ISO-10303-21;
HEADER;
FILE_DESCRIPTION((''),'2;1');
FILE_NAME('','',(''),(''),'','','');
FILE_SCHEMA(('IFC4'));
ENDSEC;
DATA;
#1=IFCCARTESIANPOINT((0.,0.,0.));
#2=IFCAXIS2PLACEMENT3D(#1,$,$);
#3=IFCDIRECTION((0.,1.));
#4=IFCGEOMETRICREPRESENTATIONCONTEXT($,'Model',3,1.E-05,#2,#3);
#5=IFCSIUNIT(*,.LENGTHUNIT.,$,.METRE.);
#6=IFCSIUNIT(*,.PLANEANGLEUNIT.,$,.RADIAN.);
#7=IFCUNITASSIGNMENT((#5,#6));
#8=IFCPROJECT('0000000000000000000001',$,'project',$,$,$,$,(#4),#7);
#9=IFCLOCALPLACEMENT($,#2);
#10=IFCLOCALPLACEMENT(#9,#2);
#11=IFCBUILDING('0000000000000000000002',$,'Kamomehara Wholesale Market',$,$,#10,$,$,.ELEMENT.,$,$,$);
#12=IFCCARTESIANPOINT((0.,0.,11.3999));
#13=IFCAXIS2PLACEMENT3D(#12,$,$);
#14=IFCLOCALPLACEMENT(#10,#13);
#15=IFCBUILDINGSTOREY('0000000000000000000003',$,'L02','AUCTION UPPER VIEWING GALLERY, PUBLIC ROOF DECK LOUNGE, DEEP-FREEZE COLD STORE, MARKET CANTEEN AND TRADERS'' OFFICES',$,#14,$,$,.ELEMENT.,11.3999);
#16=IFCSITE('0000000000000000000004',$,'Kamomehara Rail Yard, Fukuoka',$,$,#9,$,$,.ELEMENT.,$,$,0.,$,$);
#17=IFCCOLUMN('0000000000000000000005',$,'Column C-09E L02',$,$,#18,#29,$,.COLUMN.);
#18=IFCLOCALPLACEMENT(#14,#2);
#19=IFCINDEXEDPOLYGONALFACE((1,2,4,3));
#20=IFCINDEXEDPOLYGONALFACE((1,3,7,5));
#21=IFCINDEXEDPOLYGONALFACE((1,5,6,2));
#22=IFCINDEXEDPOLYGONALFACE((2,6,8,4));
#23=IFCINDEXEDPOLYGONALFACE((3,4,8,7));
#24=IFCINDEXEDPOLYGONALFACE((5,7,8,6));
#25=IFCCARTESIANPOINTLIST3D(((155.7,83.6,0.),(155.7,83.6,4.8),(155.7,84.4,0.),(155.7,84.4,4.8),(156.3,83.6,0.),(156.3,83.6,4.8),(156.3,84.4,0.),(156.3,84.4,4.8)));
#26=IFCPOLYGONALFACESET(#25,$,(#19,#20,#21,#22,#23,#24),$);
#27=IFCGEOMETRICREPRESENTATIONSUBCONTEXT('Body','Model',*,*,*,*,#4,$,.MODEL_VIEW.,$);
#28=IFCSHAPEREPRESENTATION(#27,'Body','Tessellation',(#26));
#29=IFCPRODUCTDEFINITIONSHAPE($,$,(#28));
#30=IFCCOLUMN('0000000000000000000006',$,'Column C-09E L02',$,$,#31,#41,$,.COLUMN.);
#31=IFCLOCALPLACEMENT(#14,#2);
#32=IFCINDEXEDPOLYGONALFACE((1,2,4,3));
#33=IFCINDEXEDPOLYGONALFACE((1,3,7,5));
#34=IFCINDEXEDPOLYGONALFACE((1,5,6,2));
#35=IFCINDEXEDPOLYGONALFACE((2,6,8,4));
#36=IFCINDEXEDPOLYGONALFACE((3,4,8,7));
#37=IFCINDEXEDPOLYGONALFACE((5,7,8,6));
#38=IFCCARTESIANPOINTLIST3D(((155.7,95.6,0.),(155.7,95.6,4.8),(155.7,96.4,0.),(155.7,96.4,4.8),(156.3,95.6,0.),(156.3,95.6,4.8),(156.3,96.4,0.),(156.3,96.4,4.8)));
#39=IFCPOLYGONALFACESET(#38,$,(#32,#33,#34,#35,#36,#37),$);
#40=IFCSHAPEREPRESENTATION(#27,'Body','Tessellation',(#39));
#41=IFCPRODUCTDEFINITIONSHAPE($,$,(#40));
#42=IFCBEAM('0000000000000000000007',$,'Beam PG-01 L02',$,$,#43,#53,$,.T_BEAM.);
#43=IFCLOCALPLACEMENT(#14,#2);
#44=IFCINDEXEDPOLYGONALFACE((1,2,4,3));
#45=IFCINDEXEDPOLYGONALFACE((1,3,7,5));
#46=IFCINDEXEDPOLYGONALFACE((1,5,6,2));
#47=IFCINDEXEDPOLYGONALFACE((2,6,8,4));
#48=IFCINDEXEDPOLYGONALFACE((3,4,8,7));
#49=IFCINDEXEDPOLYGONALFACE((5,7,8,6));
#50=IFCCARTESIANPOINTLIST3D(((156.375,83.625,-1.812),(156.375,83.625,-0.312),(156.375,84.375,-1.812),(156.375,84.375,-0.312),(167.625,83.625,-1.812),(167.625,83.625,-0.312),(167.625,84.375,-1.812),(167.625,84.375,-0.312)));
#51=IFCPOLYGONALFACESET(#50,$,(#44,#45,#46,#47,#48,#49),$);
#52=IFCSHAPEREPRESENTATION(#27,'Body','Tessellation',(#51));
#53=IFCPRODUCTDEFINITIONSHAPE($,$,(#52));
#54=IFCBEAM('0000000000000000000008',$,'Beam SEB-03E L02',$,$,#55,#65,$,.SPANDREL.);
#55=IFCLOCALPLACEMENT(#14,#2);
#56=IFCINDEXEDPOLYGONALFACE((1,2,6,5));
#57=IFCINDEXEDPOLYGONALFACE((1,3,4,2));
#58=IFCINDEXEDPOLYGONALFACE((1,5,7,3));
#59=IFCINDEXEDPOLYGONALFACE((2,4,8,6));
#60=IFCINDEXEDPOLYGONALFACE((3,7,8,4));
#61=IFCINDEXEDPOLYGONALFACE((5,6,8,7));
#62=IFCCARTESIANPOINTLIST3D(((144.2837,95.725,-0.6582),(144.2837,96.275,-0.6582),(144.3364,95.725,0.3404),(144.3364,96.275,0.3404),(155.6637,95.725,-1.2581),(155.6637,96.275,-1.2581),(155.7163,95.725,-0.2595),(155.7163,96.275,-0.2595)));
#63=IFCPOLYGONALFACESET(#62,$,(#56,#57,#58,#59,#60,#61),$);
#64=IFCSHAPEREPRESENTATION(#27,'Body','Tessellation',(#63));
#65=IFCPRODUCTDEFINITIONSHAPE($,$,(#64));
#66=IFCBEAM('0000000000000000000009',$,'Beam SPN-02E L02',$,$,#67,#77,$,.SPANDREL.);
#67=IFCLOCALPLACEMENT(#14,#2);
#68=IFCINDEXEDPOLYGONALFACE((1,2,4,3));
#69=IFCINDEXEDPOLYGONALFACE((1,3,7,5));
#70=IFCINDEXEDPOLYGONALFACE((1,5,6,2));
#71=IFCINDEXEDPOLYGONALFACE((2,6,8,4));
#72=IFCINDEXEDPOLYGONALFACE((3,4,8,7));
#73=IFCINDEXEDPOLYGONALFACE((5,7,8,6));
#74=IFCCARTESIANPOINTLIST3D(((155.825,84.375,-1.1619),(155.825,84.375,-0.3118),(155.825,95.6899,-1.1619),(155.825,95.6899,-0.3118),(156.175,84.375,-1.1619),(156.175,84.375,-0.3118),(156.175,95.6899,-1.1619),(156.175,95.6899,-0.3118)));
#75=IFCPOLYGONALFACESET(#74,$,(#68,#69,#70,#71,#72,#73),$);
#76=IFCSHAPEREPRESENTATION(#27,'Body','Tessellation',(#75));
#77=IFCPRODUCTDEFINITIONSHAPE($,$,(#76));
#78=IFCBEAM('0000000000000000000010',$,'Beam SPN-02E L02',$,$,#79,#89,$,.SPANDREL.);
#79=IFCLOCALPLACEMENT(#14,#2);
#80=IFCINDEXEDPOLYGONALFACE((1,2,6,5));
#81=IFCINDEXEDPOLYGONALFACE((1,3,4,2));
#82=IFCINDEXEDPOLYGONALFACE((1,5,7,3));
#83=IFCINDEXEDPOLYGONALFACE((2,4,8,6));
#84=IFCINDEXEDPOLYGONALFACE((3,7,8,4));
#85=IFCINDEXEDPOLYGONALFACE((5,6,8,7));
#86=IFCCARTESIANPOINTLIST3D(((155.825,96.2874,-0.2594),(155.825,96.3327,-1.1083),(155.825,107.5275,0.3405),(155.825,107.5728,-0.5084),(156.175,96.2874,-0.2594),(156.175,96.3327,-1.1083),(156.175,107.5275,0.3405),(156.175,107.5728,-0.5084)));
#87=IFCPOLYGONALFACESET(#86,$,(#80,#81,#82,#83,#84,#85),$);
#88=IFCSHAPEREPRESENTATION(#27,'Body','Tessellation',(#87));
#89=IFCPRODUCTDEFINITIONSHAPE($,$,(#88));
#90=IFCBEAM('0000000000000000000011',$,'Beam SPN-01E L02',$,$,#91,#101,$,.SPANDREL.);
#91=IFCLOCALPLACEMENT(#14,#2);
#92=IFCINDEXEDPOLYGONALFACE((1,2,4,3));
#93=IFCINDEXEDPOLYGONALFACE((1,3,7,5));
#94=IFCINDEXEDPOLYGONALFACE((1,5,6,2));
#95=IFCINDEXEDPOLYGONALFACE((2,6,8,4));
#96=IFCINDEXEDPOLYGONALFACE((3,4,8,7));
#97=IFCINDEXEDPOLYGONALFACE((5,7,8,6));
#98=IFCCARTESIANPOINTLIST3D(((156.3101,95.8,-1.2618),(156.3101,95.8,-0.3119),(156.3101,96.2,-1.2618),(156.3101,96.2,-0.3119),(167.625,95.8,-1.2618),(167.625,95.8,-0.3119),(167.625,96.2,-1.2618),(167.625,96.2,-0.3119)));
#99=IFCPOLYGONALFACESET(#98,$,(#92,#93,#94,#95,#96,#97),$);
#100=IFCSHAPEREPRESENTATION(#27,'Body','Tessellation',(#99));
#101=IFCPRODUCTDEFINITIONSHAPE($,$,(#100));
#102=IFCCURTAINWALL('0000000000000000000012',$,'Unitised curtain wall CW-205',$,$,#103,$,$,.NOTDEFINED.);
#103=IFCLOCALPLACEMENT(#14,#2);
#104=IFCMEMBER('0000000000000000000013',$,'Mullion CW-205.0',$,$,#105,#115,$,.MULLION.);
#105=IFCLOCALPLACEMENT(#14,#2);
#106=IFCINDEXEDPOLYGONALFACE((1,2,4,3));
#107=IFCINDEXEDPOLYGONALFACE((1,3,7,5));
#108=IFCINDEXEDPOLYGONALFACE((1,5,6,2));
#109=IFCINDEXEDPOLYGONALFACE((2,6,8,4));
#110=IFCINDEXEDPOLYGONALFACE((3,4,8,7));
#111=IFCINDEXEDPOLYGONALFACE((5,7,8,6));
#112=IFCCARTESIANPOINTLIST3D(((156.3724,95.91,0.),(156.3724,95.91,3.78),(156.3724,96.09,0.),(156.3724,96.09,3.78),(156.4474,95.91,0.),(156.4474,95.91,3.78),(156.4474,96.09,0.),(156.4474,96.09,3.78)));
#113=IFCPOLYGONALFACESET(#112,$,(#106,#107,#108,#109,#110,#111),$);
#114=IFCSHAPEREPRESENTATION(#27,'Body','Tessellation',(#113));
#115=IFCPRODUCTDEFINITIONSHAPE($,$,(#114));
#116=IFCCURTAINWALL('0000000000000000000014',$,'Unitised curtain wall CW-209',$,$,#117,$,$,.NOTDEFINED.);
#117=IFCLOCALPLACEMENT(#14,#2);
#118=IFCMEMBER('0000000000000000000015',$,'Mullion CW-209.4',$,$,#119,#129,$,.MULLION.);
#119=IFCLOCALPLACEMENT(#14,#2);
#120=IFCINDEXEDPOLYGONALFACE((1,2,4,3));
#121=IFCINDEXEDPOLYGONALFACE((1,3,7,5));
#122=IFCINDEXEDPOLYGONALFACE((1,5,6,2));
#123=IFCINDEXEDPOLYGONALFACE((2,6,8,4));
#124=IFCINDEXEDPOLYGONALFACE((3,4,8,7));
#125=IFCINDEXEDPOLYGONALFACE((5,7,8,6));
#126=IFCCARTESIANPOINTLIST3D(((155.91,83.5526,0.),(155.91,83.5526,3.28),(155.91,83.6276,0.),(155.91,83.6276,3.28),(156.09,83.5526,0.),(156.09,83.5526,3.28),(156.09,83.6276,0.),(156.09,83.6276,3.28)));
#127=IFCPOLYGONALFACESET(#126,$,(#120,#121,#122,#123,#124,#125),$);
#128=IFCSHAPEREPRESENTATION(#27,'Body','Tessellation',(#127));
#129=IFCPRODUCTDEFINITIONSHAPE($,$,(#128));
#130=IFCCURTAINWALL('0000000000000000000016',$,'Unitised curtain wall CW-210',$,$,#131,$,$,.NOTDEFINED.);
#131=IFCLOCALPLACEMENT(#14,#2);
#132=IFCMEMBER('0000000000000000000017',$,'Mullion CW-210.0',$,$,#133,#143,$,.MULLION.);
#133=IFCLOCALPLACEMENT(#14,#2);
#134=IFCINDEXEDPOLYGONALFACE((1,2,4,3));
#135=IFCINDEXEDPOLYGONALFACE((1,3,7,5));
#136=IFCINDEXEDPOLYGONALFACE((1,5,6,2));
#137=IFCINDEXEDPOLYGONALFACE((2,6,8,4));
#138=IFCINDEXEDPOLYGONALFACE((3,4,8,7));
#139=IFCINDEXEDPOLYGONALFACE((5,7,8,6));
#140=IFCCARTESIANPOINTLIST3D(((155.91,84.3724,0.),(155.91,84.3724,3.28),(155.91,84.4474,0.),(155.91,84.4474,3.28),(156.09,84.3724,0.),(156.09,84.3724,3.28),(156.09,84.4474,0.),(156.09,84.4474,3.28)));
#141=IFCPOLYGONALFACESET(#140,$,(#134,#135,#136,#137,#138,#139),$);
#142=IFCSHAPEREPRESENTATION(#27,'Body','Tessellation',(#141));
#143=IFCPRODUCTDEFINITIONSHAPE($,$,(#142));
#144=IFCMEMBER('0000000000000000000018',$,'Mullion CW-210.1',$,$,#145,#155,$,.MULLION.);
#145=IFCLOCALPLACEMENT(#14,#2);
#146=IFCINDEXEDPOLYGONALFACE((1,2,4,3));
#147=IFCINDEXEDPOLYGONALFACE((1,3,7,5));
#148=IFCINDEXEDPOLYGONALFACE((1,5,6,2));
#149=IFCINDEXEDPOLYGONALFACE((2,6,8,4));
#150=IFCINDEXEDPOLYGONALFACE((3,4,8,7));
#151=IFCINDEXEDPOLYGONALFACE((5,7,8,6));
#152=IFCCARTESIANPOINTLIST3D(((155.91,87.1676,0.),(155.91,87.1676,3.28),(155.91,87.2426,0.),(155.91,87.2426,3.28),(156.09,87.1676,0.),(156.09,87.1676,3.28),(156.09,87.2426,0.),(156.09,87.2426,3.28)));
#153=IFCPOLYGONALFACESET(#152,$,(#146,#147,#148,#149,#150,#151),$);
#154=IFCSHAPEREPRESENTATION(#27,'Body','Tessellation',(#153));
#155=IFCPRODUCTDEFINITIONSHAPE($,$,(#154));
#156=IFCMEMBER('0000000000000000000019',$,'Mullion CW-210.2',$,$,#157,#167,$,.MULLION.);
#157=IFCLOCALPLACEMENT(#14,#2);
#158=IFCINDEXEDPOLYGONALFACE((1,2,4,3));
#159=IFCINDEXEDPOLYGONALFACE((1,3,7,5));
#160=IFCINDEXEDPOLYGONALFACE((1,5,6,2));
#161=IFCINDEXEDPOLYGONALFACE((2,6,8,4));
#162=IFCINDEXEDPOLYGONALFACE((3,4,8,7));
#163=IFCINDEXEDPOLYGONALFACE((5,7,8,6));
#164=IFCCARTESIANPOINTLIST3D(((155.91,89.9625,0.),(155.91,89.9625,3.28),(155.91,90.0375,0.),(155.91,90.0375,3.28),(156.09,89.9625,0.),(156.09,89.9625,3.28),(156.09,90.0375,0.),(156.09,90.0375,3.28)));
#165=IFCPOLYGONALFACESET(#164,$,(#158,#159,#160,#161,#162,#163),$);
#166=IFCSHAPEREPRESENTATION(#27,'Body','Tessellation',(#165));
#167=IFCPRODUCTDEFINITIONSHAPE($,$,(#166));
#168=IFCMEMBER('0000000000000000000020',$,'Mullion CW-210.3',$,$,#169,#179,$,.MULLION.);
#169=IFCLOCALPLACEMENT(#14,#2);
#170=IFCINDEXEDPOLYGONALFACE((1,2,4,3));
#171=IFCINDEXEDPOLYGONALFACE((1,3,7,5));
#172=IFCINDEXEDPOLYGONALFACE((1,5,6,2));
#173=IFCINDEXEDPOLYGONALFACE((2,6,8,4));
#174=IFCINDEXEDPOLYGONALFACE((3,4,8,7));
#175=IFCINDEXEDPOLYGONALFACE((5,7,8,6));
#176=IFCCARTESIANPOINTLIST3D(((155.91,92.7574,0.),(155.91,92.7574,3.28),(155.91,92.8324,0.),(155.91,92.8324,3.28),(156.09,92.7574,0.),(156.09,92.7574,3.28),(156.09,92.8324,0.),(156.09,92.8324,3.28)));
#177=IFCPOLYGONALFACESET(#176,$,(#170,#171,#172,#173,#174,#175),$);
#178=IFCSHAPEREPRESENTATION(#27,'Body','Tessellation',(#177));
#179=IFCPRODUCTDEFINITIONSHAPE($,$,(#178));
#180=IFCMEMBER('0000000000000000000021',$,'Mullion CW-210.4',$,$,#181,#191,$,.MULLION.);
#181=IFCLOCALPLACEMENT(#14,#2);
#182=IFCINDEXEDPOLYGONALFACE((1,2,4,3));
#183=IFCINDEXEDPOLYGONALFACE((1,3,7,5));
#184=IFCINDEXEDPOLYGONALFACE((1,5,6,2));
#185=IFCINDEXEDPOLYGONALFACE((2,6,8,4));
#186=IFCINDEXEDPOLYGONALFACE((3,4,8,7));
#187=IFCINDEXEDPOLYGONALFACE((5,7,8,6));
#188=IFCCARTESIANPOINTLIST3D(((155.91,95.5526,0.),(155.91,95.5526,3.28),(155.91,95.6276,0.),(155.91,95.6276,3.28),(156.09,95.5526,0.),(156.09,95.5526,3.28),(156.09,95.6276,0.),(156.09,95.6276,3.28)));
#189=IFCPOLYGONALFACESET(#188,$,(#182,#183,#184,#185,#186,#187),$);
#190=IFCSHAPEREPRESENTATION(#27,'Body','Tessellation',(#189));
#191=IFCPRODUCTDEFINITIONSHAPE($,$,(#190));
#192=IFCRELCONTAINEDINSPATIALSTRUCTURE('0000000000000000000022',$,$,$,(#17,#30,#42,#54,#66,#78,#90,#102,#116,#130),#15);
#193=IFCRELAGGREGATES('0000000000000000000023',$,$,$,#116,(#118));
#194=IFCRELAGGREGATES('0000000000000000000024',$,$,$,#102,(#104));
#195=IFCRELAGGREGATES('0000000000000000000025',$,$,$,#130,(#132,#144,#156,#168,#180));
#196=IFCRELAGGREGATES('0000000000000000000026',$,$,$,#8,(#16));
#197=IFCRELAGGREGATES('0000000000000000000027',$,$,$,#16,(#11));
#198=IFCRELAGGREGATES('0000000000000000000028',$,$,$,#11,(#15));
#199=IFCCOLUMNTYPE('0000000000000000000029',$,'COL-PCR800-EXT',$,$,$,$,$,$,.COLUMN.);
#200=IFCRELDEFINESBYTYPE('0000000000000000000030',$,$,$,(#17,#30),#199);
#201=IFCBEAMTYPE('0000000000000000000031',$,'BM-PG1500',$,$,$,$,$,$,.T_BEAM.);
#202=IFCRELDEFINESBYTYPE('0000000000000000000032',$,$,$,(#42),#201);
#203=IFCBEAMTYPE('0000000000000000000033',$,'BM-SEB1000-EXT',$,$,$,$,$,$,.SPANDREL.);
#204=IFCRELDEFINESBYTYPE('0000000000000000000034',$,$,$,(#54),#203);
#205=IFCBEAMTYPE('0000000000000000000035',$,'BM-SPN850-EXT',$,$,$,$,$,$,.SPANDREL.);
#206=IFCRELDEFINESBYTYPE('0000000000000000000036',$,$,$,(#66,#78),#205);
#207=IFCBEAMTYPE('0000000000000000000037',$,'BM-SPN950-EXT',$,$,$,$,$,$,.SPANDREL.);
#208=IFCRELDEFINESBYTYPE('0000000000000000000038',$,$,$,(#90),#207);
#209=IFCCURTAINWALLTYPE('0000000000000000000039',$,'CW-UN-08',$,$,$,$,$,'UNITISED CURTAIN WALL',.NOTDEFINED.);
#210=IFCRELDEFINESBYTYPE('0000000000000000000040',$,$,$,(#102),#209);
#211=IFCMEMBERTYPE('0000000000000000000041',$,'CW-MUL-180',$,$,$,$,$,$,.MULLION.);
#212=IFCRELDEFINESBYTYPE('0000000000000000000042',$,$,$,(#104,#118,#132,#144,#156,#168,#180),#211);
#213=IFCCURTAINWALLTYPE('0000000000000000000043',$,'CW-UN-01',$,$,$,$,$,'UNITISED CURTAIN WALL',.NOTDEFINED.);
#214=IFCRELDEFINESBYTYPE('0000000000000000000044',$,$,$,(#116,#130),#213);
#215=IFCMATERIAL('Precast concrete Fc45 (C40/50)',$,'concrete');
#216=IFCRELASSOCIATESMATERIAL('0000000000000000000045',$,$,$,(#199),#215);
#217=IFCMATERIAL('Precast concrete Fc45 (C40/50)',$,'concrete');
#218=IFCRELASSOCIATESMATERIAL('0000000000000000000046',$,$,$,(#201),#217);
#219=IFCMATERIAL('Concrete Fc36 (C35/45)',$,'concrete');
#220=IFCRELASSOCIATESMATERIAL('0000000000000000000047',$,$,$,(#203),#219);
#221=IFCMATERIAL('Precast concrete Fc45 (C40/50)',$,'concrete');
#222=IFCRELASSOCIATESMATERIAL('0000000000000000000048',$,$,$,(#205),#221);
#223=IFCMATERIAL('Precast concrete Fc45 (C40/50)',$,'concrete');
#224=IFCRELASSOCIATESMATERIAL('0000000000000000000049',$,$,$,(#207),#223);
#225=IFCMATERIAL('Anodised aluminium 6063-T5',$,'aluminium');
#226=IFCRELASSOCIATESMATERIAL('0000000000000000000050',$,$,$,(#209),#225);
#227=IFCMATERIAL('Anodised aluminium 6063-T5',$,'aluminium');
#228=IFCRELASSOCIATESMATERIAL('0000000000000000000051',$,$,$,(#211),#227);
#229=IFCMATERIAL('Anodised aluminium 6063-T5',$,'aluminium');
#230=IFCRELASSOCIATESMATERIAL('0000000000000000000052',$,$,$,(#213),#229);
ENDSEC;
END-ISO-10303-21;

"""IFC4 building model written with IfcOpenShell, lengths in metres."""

from ifc_helpers import new_model, si_unit, direction, frame, origin, origin_2d, place, context, subcontext, project, spatial, rectangle, extrude, material, material_profile, profile_set, type_object, element, aggregate, save


model = new_model("IFC4")

# Units and contexts
model_context = context("Model", 3, precision=1e-05, world=origin(), true_north=direction((0.0, 1.0)))
body_context = subcontext(model_context, "Body", "Model", "MODEL_VIEW")
ifc_project = project(units=[si_unit("LENGTHUNIT", "METRE"), si_unit("PLANEANGLEUNIT", "RADIAN")], contexts=[model_context])

# Site, building, storey
site_placement = place(None, origin())
site = spatial("IfcSite", under=ifc_project, at=site_placement, Name="Kamomehara Rail Yard, Fukuoka", CompositionType="ELEMENT", RefElevation=0.0)
building_placement = place(site_placement, origin())
building = spatial("IfcBuilding", under=site, at=building_placement, Name="Kamomehara Wholesale Market", CompositionType="ELEMENT")
storey_placement = place(building_placement, frame((0.0, 0.0, 11.3999)))
storey = spatial("IfcBuildingStorey", under=building, at=storey_placement, Name="L02", Description="AUCTION UPPER VIEWING GALLERY, PUBLIC ROOF DECK LOUNGE, DEEP-FREEZE COLD STORE, MARKET CANTEEN AND TRADERS' OFFICES", CompositionType="ELEMENT", Elevation=11.3999)

# Columns
ifc_material_1 = material(Name="Precast concrete Fc45 (C40/50)", Category="concrete")
ifc_material_profile_1 = material_profile(ifc_material_1, rectangle(XDim=0.6001, YDim=0.8, at=origin_2d()), Name="PC-COL-600x800")
ifc_profile_set_1 = profile_set([ifc_material_profile_1], Name="Precast concrete Fc45 (C40/50)")
column_type = type_object("IfcColumnType", Name="COL-PCR800-EXT", PredefinedType="COLUMN", material=ifc_profile_set_1)
for number, where, z_axis, x_axis, name in (
    (1, (156.0, 84.0, 0.0), (0.0, 0.0, 1.0), (1.0, 0.0, 0.0), "Column C-09E L02"),
    (2, (156.0, 96.0, 0.0), (0.0, 0.0, 1.0), (1.0, 0.0, 0.0), "Column C-09E L02"),
):
    element("IfcColumn", number, at=place(storey_placement, frame(where, z_axis=z_axis, x_axis=x_axis)), inside=storey, type_object=column_type, Name=name, PredefinedType="COLUMN", context=body_context, shape_type="SweptSolid", body=[
        extrude(rectangle(XDim=0.6001, YDim=0.8, at=origin_2d()), origin(), (0.0, 0.0, 1.0), 4.8),
    ])

# Beams
ifc_material_2 = material(Name="Precast concrete Fc45 (C40/50)", Category="concrete")
ifc_material_profile_2 = material_profile(ifc_material_2, rectangle(XDim=0.75, YDim=1.5, at=origin_2d()), Name="PC-GRD-750x1500")
ifc_profile_set_2 = profile_set([ifc_material_profile_2], Name="Precast concrete Fc45 (C40/50)")
beam_type_1 = type_object("IfcBeamType", Name="BM-PG1500", PredefinedType="T_BEAM", material=ifc_profile_set_2)
beam_1_placement = place(storey_placement, frame((156.375, 84.0, -1.062), z_axis=(1.0, 0.0, 0.0), x_axis=(0.0, 1.0, 0.0)))
element("IfcBeam", 3, at=beam_1_placement, inside=storey, type_object=beam_type_1, Name="Beam PG-01 L02", PredefinedType="T_BEAM", context=body_context, shape_type="SweptSolid", body=[
    extrude(rectangle(XDim=0.75, YDim=1.5, at=origin_2d()), origin(), (0.0, 0.0, 1.0), 11.25),
])
ifc_material_3 = material(Name="Concrete Fc36 (C35/45)", Category="concrete")
ifc_material_profile_3 = material_profile(ifc_material_3, rectangle(XDim=0.55, YDim=1.0, at=origin_2d()), Name="RC-SEB-550x1000")
ifc_profile_set_3 = profile_set([ifc_material_profile_3], Name="Concrete Fc36 (C35/45)")
beam_type_2 = type_object("IfcBeamType", Name="BM-SEB1000-EXT", PredefinedType="SPANDREL", material=ifc_profile_set_3)
beam_2_placement = place(storey_placement, frame((144.3101, 96.0, -0.1589), z_axis=(0.998614, 0.0, -0.052639), x_axis=(0.0, 1.0, 0.0)))
element("IfcBeam", 4, at=beam_2_placement, inside=storey, type_object=beam_type_2, Name="Beam SEB-03E L02", PredefinedType="SPANDREL", context=body_context, shape_type="SweptSolid", body=[
    extrude(rectangle(XDim=0.55, YDim=1.0, at=origin_2d()), origin(), (0.0, 0.0, 1.0), 11.3958),
])
ifc_material_4 = material(Name="Precast concrete Fc45 (C40/50)", Category="concrete")
ifc_material_profile_4 = material_profile(ifc_material_4, rectangle(XDim=0.3501, YDim=0.8501, at=origin_2d()), Name="PC-SPN-350x850")
ifc_profile_set_4 = profile_set([ifc_material_profile_4], Name="Precast concrete Fc45 (C40/50)")
beam_type_3 = type_object("IfcBeamType", Name="BM-SPN850-EXT", PredefinedType="SPANDREL", material=ifc_profile_set_4)
beam_3_placement = place(storey_placement, frame((156.0, 84.375, -0.7368), z_axis=(0.0, 1.0, 0.0), x_axis=(-1.0, 0.0, 0.0)))
element("IfcBeam", 5, at=beam_3_placement, inside=storey, type_object=beam_type_3, Name="Beam SPN-02E L02", PredefinedType="SPANDREL", context=body_context, shape_type="SweptSolid", body=[
    extrude(rectangle(XDim=0.3501, YDim=0.8501, at=origin_2d()), origin(), (0.0, 0.0, 1.0), 11.3149),
])
beam_4_placement = place(storey_placement, frame((156.0, 96.3101, -0.6838), z_axis=(0.0, 0.998579, 0.053292), x_axis=(-1.0, 0.0, 0.0)))
element("IfcBeam", 6, at=beam_4_placement, inside=storey, type_object=beam_type_3, Name="Beam SPN-02E L02", PredefinedType="SPANDREL", context=body_context, shape_type="SweptSolid", body=[
    extrude(rectangle(XDim=0.3501, YDim=0.8501, at=origin_2d()), origin(), (0.0, 0.0, 1.0), 11.2561),
])
ifc_material_5 = material(Name="Precast concrete Fc45 (C40/50)", Category="concrete")
ifc_material_profile_5 = material_profile(ifc_material_5, rectangle(XDim=0.3999, YDim=0.95, at=origin_2d()), Name="PC-SPN-400x950")
ifc_profile_set_5 = profile_set([ifc_material_profile_5], Name="Precast concrete Fc45 (C40/50)")
beam_type_4 = type_object("IfcBeamType", Name="BM-SPN950-EXT", PredefinedType="SPANDREL", material=ifc_profile_set_5)
beam_5_placement = place(storey_placement, frame((156.3101, 96.0, -0.7869), z_axis=(1.0, 0.0, 0.0), x_axis=(0.0, 1.0, 0.0)))
element("IfcBeam", 7, at=beam_5_placement, inside=storey, type_object=beam_type_4, Name="Beam SPN-01E L02", PredefinedType="SPANDREL", context=body_context, shape_type="SweptSolid", body=[
    extrude(rectangle(XDim=0.3999, YDim=0.95, at=origin_2d()), origin(), (0.0, 0.0, 1.0), 11.3149),
])

# Curtain walls, members
ifc_material_6 = material(Name="Anodised aluminium 6063-T5", Category="aluminium")
curtain_wall_type_1 = type_object("IfcCurtainWallType", Name="CW-UN-08", ElementType="UNITISED CURTAIN WALL", PredefinedType="NOTDEFINED", material=ifc_material_6)
curtain_wall_1_placement = place(storey_placement, origin())
curtain_wall_1 = element("IfcCurtainWall", 8, at=curtain_wall_1_placement, inside=storey, type_object=curtain_wall_type_1, Name="Unitised curtain wall CW-205", PredefinedType="NOTDEFINED")
ifc_material_7 = material(Name="Anodised aluminium 6063-T5", Category="aluminium")
ifc_material_profile_6 = material_profile(ifc_material_7, rectangle(XDim=0.075, YDim=0.1799, at=origin_2d()), Name="ALU-MUL-75x180")
ifc_profile_set_6 = profile_set([ifc_material_profile_6], Name="Anodised aluminium 6063-T5")
member_type_1 = type_object("IfcMemberType", Name="CW-MUL-180", PredefinedType="MULLION", material=ifc_profile_set_6)
member_1_placement = place(storey_placement, frame((156.4099, 96.0, 0.0), z_axis=(0.0, 0.0, 1.0), x_axis=(1.0, 0.0, 0.0)))
member_1 = element("IfcMember", 9, at=member_1_placement, type_object=member_type_1, Name="Mullion CW-205.0", PredefinedType="MULLION", context=body_context, shape_type="SweptSolid", body=[
    extrude(rectangle(XDim=0.075, YDim=0.1799, at=origin_2d()), origin(), (0.0, 0.0, 1.0), 3.78),
])
ifc_material_8 = material(Name="Anodised aluminium 6063-T5", Category="aluminium")
curtain_wall_type_2 = type_object("IfcCurtainWallType", Name="CW-UN-01", ElementType="UNITISED CURTAIN WALL", PredefinedType="NOTDEFINED", material=ifc_material_8)
curtain_wall_2_placement = place(storey_placement, origin())
curtain_wall_2 = element("IfcCurtainWall", 10, at=curtain_wall_2_placement, inside=storey, type_object=curtain_wall_type_2, Name="Unitised curtain wall CW-209", PredefinedType="NOTDEFINED")
member_2_placement = place(storey_placement, frame((156.0, 83.5901, 0.0), z_axis=(0.0, 0.0, 1.0), x_axis=(0.0, 1.0, 0.0)))
member_2 = element("IfcMember", 11, at=member_2_placement, type_object=member_type_1, Name="Mullion CW-209.4", PredefinedType="MULLION", context=body_context, shape_type="SweptSolid", body=[
    extrude(rectangle(XDim=0.075, YDim=0.1799, at=origin_2d()), origin(), (0.0, 0.0, 1.0), 3.28),
])

# Curtain wall, members
curtain_wall_3_placement = place(storey_placement, origin())
curtain_wall_3 = element("IfcCurtainWall", 12, at=curtain_wall_3_placement, inside=storey, type_object=curtain_wall_type_2, Name="Unitised curtain wall CW-210", PredefinedType="NOTDEFINED")
member_3_placement = place(storey_placement, frame((156.0, 84.4099, 0.0), z_axis=(0.0, 0.0, 1.0), x_axis=(0.0, 1.0, 0.0)))
member_3 = element("IfcMember", 13, at=member_3_placement, type_object=member_type_1, Name="Mullion CW-210.0", PredefinedType="MULLION", context=body_context, shape_type="SweptSolid", body=[
    extrude(rectangle(XDim=0.075, YDim=0.1799, at=origin_2d()), origin(), (0.0, 0.0, 1.0), 3.28),
])
member_4_placement = place(storey_placement, frame((156.0, 87.2051, 0.0), z_axis=(0.0, 0.0, 1.0), x_axis=(0.0, 1.0, 0.0)))
member_4 = element("IfcMember", 14, at=member_4_placement, type_object=member_type_1, Name="Mullion CW-210.1", PredefinedType="MULLION", context=body_context, shape_type="SweptSolid", body=[
    extrude(rectangle(XDim=0.075, YDim=0.1799, at=origin_2d()), origin(), (0.0, 0.0, 1.0), 3.28),
])
member_5_placement = place(storey_placement, frame((156.0, 90.0, 0.0), z_axis=(0.0, 0.0, 1.0), x_axis=(0.0, 1.0, 0.0)))
member_5 = element("IfcMember", 15, at=member_5_placement, type_object=member_type_1, Name="Mullion CW-210.2", PredefinedType="MULLION", context=body_context, shape_type="SweptSolid", body=[
    extrude(rectangle(XDim=0.075, YDim=0.1799, at=origin_2d()), origin(), (0.0, 0.0, 1.0), 3.28),
])
member_6_placement = place(storey_placement, frame((156.0, 92.7949, 0.0), z_axis=(0.0, 0.0, 1.0), x_axis=(0.0, 1.0, 0.0)))
member_6 = element("IfcMember", 16, at=member_6_placement, type_object=member_type_1, Name="Mullion CW-210.3", PredefinedType="MULLION", context=body_context, shape_type="SweptSolid", body=[
    extrude(rectangle(XDim=0.075, YDim=0.1799, at=origin_2d()), origin(), (0.0, 0.0, 1.0), 3.28),
])
member_7_placement = place(storey_placement, frame((156.0, 95.5901, 0.0), z_axis=(0.0, 0.0, 1.0), x_axis=(0.0, 1.0, 0.0)))
member_7 = element("IfcMember", 17, at=member_7_placement, type_object=member_type_1, Name="Mullion CW-210.4", PredefinedType="MULLION", context=body_context, shape_type="SweptSolid", body=[
    extrude(rectangle(XDim=0.075, YDim=0.1799, at=origin_2d()), origin(), (0.0, 0.0, 1.0), 3.28),
])

aggregate(curtain_wall_2, [member_2])
aggregate(curtain_wall_1, [member_1])
aggregate(curtain_wall_3, [member_3, member_4, member_5, member_6, member_7])

save(model, "model.ifc")
